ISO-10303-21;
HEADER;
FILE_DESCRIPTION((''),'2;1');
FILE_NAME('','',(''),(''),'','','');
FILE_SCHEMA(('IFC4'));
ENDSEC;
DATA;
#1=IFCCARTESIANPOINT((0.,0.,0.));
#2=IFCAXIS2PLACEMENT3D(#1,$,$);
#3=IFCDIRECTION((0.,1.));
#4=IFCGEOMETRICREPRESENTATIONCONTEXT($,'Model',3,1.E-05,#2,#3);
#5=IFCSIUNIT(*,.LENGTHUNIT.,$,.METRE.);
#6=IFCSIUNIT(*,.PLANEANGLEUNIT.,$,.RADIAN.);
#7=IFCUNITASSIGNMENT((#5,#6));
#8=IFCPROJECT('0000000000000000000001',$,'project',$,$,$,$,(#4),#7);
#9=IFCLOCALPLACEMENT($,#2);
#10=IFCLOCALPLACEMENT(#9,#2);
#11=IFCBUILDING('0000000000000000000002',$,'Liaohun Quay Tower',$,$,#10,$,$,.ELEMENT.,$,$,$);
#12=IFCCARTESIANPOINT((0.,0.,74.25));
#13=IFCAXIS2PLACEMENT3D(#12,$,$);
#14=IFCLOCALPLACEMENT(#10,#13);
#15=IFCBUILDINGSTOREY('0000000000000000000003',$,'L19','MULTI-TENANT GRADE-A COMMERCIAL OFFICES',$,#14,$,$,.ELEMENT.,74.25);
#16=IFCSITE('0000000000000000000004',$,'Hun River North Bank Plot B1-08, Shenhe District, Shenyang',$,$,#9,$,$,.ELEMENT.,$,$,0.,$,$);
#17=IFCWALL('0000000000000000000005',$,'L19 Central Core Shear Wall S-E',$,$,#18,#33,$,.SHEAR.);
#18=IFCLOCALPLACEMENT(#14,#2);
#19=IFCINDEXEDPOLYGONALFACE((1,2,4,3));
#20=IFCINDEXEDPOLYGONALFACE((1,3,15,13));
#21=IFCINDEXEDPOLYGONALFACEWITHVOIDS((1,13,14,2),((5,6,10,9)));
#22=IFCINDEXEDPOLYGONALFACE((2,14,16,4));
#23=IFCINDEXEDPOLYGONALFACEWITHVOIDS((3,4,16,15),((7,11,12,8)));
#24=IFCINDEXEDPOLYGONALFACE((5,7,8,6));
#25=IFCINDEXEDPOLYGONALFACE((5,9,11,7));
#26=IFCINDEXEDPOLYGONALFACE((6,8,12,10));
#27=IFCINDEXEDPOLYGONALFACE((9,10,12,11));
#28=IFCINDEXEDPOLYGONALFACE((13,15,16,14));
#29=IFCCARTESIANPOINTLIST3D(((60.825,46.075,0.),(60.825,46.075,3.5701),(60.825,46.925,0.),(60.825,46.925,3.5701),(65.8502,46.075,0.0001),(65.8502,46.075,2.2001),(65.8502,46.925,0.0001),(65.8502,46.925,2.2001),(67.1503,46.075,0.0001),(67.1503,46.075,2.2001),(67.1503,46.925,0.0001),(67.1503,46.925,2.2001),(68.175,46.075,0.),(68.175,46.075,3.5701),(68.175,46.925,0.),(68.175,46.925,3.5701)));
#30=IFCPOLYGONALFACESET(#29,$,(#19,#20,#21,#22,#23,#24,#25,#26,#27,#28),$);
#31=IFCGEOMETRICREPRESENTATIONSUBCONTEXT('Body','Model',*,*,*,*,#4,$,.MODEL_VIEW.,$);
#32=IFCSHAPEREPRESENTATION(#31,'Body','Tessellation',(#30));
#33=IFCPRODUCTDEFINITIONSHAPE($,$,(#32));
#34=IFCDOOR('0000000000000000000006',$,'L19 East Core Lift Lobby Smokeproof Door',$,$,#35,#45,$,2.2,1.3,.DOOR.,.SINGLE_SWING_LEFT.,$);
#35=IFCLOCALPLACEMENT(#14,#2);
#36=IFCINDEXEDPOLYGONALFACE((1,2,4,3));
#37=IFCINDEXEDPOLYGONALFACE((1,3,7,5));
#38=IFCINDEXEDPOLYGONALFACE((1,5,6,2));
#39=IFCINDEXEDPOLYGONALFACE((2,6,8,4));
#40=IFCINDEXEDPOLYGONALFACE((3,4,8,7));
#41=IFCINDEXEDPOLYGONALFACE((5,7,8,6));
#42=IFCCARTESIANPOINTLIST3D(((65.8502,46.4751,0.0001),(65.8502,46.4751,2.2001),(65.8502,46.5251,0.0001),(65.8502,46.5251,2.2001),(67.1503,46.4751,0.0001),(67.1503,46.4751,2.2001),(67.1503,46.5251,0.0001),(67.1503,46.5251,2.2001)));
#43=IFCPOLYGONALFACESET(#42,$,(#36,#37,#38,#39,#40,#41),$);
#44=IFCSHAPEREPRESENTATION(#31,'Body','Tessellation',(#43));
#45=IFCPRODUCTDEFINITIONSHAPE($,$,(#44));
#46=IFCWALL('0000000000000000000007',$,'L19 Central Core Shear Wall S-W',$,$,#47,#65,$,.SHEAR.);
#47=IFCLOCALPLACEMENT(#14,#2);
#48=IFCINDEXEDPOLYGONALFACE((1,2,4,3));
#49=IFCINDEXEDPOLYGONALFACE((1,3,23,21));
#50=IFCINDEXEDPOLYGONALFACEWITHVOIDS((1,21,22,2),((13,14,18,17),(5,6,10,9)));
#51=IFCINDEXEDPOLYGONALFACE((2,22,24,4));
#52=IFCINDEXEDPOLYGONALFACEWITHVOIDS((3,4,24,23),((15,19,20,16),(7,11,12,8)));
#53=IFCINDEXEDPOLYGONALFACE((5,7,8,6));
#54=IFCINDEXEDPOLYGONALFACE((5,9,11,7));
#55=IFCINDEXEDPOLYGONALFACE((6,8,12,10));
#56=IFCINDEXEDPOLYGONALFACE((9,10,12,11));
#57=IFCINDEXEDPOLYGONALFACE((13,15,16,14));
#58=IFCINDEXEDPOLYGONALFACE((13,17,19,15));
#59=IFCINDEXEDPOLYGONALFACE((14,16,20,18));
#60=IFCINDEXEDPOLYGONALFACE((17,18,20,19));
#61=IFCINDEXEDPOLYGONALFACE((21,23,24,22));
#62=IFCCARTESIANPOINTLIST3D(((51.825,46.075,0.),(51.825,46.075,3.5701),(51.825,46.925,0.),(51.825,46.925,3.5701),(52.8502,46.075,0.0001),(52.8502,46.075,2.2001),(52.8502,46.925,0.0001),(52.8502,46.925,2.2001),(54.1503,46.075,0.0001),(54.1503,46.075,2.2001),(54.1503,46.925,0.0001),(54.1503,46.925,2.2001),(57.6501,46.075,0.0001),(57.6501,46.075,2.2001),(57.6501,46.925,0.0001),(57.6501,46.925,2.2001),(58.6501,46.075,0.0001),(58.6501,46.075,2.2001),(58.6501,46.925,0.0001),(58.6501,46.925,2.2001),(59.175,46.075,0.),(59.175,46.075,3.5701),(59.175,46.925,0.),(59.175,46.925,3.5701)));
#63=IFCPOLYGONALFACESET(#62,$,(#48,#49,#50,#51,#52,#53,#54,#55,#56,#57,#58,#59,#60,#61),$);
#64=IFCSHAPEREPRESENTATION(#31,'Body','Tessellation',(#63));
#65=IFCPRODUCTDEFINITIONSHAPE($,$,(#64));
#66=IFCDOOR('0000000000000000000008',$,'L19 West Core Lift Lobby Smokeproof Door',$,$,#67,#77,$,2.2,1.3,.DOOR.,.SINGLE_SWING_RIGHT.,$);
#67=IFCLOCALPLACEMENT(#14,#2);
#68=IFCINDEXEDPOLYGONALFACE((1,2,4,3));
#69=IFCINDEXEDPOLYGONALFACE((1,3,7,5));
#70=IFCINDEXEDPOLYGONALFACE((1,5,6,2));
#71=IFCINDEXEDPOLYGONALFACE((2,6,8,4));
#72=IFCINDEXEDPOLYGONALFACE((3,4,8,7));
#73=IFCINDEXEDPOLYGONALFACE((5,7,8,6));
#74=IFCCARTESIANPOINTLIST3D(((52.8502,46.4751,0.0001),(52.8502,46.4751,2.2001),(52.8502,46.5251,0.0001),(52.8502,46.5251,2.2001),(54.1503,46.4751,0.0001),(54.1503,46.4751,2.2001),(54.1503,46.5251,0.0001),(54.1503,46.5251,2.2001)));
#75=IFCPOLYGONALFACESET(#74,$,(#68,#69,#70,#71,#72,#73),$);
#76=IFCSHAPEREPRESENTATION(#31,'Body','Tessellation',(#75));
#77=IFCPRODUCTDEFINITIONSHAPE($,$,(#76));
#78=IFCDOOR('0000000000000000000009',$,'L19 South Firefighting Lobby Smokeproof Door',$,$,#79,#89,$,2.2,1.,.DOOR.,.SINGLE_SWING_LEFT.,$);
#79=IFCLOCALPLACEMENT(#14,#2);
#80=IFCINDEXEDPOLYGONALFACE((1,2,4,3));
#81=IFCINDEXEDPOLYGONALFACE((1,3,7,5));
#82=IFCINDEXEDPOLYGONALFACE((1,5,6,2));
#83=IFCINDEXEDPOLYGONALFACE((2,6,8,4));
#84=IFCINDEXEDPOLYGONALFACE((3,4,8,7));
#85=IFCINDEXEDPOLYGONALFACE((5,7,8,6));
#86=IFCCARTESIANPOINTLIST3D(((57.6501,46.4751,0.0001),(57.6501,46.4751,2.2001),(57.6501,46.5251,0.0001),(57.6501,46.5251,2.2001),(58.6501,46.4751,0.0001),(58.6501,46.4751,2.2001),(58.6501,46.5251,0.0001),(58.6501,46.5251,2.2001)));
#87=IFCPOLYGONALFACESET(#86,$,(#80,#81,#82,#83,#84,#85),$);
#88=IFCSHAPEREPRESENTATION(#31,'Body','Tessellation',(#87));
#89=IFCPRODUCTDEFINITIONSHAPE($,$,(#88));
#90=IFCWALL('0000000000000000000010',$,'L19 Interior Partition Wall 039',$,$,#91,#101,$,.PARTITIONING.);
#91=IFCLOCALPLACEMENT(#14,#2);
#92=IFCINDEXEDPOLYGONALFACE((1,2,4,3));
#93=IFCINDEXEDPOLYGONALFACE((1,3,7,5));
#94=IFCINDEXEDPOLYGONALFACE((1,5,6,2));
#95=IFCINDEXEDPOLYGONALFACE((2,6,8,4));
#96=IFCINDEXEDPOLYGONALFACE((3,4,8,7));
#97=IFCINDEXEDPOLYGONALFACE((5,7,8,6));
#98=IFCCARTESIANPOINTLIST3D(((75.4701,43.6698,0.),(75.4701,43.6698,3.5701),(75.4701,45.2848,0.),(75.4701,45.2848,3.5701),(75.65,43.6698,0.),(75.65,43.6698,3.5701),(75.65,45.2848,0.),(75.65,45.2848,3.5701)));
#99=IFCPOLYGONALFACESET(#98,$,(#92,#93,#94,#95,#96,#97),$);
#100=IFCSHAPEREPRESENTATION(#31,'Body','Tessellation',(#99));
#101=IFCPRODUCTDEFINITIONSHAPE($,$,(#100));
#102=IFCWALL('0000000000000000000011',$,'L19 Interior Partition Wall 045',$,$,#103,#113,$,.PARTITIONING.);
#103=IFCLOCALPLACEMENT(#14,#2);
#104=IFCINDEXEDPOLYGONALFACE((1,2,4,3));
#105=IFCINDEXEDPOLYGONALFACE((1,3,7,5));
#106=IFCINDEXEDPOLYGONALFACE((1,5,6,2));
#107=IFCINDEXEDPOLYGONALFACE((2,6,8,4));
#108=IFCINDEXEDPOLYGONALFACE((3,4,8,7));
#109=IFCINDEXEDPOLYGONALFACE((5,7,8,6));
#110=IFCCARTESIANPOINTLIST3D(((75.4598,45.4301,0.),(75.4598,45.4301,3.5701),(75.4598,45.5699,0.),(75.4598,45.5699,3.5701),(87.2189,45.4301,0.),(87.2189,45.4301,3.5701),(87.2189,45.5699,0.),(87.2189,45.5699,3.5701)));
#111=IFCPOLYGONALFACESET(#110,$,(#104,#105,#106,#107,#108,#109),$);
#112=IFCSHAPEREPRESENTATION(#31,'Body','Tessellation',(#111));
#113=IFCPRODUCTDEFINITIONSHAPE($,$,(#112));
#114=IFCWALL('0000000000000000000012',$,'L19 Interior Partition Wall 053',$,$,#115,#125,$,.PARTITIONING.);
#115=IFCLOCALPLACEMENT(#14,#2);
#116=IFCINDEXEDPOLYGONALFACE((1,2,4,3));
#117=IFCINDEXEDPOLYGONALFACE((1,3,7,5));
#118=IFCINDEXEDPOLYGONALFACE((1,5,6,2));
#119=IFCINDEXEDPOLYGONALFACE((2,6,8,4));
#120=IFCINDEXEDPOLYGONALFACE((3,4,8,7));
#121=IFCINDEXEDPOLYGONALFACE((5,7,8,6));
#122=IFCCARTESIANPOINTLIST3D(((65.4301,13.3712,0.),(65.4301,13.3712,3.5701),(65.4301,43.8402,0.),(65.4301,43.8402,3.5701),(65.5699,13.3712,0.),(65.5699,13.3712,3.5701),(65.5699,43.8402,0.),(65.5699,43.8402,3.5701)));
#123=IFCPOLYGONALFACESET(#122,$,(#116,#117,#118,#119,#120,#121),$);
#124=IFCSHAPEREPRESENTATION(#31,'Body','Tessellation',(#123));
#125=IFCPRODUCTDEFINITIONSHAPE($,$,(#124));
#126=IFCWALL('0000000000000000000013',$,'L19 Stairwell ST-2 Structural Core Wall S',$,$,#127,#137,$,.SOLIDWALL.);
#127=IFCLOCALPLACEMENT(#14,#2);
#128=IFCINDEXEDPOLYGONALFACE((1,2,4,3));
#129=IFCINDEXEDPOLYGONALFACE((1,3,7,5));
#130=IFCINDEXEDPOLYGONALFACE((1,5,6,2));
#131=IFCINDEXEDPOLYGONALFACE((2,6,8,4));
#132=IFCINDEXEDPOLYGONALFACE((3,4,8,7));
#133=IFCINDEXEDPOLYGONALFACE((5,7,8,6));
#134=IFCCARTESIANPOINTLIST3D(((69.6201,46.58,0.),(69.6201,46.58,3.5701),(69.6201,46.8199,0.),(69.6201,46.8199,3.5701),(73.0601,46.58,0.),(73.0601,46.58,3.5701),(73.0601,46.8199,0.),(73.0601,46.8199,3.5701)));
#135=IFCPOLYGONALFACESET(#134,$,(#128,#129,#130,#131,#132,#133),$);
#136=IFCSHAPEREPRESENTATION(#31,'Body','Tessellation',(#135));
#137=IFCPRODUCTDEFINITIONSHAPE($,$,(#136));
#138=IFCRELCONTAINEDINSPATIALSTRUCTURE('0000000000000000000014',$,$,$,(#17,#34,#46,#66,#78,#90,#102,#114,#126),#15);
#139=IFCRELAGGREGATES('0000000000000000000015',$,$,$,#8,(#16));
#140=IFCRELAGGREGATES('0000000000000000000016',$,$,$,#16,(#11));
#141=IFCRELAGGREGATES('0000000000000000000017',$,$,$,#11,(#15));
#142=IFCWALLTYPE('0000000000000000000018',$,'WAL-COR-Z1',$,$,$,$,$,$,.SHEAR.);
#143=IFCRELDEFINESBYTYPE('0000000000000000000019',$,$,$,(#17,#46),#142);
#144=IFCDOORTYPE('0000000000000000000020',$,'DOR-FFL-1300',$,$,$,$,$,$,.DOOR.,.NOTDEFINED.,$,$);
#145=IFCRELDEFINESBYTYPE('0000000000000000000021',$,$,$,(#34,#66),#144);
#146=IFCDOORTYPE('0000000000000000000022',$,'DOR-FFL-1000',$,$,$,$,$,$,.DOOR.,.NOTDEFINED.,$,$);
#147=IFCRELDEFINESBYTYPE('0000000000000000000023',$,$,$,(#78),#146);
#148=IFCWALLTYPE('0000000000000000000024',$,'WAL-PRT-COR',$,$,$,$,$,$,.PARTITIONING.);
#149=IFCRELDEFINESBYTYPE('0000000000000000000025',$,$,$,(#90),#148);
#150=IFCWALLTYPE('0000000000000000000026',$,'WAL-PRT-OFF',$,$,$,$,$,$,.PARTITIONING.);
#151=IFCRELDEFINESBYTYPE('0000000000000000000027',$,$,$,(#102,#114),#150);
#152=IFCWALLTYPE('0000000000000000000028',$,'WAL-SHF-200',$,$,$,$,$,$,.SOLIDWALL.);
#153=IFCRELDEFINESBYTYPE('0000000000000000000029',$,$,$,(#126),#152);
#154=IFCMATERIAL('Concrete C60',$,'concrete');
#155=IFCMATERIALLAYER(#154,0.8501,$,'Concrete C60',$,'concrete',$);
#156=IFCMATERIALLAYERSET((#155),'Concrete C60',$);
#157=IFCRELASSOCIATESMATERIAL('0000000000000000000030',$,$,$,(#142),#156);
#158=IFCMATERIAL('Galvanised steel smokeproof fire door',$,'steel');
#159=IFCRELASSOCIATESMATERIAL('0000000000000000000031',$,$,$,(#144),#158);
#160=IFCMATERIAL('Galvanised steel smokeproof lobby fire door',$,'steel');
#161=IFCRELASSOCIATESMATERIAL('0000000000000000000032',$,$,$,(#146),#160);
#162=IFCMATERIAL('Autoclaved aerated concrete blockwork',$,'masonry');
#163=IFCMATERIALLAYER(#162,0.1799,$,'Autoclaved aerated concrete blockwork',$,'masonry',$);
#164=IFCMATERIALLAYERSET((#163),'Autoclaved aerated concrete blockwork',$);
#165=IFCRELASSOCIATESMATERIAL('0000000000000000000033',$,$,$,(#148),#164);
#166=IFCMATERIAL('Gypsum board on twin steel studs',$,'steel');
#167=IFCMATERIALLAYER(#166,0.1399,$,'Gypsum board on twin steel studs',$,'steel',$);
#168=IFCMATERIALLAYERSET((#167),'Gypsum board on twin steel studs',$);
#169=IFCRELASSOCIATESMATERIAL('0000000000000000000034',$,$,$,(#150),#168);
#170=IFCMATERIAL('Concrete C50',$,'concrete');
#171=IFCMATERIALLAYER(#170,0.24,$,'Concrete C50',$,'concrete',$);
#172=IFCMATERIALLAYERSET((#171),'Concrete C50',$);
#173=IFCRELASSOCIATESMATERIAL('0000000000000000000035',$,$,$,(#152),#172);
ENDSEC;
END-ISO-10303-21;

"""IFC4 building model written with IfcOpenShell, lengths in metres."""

from ifc_helpers import new_model, si_unit, direction, frame, frame_2d, origin, place, context, subcontext, project, spatial, rectangle, extrude, source, transform, mapped, material, layer, layer_set, type_object, element, fill, save


model = new_model("IFC4")

# Units and contexts
model_context = context("Model", 3, precision=1e-05, world=origin(), true_north=direction((0.0, 1.0)))
body_context = subcontext(model_context, "Body", "Model", "MODEL_VIEW")
ifc_project = project(units=[si_unit("LENGTHUNIT", "METRE"), si_unit("PLANEANGLEUNIT", "RADIAN")], contexts=[model_context])

# Site, building, storey
site_placement = place(None, origin())
site = spatial("IfcSite", under=ifc_project, at=site_placement, Name="Hun River North Bank Plot B1-08, Shenhe District, Shenyang", CompositionType="ELEMENT", RefElevation=0.0)
building_placement = place(site_placement, origin())
building = spatial("IfcBuilding", under=site, at=building_placement, Name="Liaohun Quay Tower", CompositionType="ELEMENT")
storey_placement = place(building_placement, frame((0.0, 0.0, 74.25)))
storey = spatial("IfcBuildingStorey", under=building, at=storey_placement, Name="L19", Description="MULTI-TENANT GRADE-A COMMERCIAL OFFICES", CompositionType="ELEMENT", Elevation=74.25)

# Shared definitions
ifc_material_1 = material(Name="Concrete C60", Category="concrete")

# Wall, opening, door
ifc_layer_1 = layer(ifc_material_1, 0.8501, Name="Concrete C60", Category="concrete")
ifc_layer_set_1 = layer_set([ifc_layer_1], Name="Concrete C60")
wall_type_1 = type_object("IfcWallType", Name="WAL-COR-Z1", PredefinedType="SHEAR", material=ifc_layer_set_1)
wall_1_placement = place(storey_placement, frame((68.175, 46.5, 0.0), z_axis=(0.0, 0.0, 1.0), x_axis=(-1.0, 0.0, 0.0)))
wall_1 = element("IfcWall", 1, at=wall_1_placement, inside=storey, type_object=wall_type_1, Name="L19 Central Core Shear Wall S-E", PredefinedType="SHEAR", context=body_context, shape_type="SweptSolid", body=[
    extrude(rectangle(XDim=7.3501, YDim=0.8501, at=frame_2d((3.675, 0.0))), origin(), (0.0, 0.0, 1.0), 3.5701),
])
shared_shape_1 = source(origin(), body_context, "Body", "SweptSolid", [
    extrude(rectangle(XDim=1.3, YDim=2.2, at=frame_2d((0.6499, 1.1001))), frame((0.0, 0.4351, 0.0), z_axis=(0.0, -1.0, 0.0), x_axis=(1.0, 0.0, 0.0)), (0.0, 0.0, 1.0), 0.8701),
])
opening_1_placement = place(wall_1_placement, frame((1.0249, 0.0, 0.0)))
opening_1 = element("IfcOpeningElement", 2, at=opening_1_placement, cuts=wall_1, PredefinedType="OPENING", context=body_context, shape_type="MappedRepresentation", body=[
    mapped(shared_shape_1, transform((0.0, 0.0, 0.0), x_axis=(1.0, 0.0, 0.0), y_axis=(0.0, 1.0, 0.0), z_axis=(0.0, 0.0, 1.0), scale=1.0)),
])
ifc_material_2 = material(Name="Galvanised steel smokeproof fire door", Category="steel")
door_type_1 = type_object("IfcDoorType", Name="DOR-FFL-1300", OperationType="NOTDEFINED", PredefinedType="DOOR", material=ifc_material_2)
shared_shape_2 = source(origin(), body_context, "Body", "SweptSolid", [
    extrude(rectangle(XDim=1.3, YDim=2.2, at=frame_2d((0.6499, 1.1001))), frame((0.0, 0.0249, 0.0), z_axis=(0.0, -1.0, 0.0), x_axis=(1.0, 0.0, 0.0)), (0.0, 0.0, 1.0), 0.05),
])
door_1_placement = place(opening_1_placement, origin())
door_1 = element("IfcDoor", 3, at=door_1_placement, inside=storey, type_object=door_type_1, Name="L19 East Core Lift Lobby Smokeproof Door", OperationType="SINGLE_SWING_LEFT", OverallHeight=2.2, OverallWidth=1.3, PredefinedType="DOOR", context=body_context, shape_type="MappedRepresentation", body=[
    mapped(shared_shape_2, transform((0.0, 0.0, 0.0), x_axis=(1.0, 0.0, 0.0), y_axis=(0.0, 1.0, 0.0), z_axis=(0.0, 0.0, 1.0), scale=1.0)),
])
fill(opening_1, door_1)

# Wall, openings, doors
wall_2_placement = place(storey_placement, frame((59.175, 46.5, 0.0), z_axis=(0.0, 0.0, 1.0), x_axis=(-1.0, 0.0, 0.0)))
wall_2 = element("IfcWall", 4, at=wall_2_placement, inside=storey, type_object=wall_type_1, Name="L19 Central Core Shear Wall S-W", PredefinedType="SHEAR", context=body_context, shape_type="SweptSolid", body=[
    extrude(rectangle(XDim=7.3501, YDim=0.8501, at=frame_2d((3.675, 0.0))), origin(), (0.0, 0.0, 1.0), 3.5701),
])
opening_2_placement = place(wall_2_placement, frame((5.0249, 0.0, 0.0)))
opening_2 = element("IfcOpeningElement", 5, at=opening_2_placement, cuts=wall_2, PredefinedType="OPENING", context=body_context, shape_type="MappedRepresentation", body=[
    mapped(shared_shape_1, transform((0.0, 0.0, 0.0), x_axis=(1.0, 0.0, 0.0), y_axis=(0.0, 1.0, 0.0), z_axis=(0.0, 0.0, 1.0), scale=1.0)),
])
shared_shape_3 = source(origin(), body_context, "Body", "SweptSolid", [
    extrude(rectangle(XDim=1.0, YDim=2.2, at=frame_2d((0.5, 1.1001))), frame((0.0, 0.4351, 0.0), z_axis=(0.0, -1.0, 0.0), x_axis=(1.0, 0.0, 0.0)), (0.0, 0.0, 1.0), 0.8701),
])
opening_3_placement = place(wall_2_placement, frame((0.5249, 0.0, 0.0)))
opening_3 = element("IfcOpeningElement", 6, at=opening_3_placement, cuts=wall_2, PredefinedType="OPENING", context=body_context, shape_type="MappedRepresentation", body=[
    mapped(shared_shape_3, transform((0.0, 0.0, 0.0), x_axis=(1.0, 0.0, 0.0), y_axis=(0.0, 1.0, 0.0), z_axis=(0.0, 0.0, 1.0), scale=1.0)),
])
door_2_placement = place(opening_2_placement, origin())
door_2 = element("IfcDoor", 7, at=door_2_placement, inside=storey, type_object=door_type_1, Name="L19 West Core Lift Lobby Smokeproof Door", OperationType="SINGLE_SWING_RIGHT", OverallHeight=2.2, OverallWidth=1.3, PredefinedType="DOOR", context=body_context, shape_type="MappedRepresentation", body=[
    mapped(shared_shape_2, transform((0.0, 0.0, 0.0), x_axis=(1.0, 0.0, 0.0), y_axis=(0.0, 1.0, 0.0), z_axis=(0.0, 0.0, 1.0), scale=1.0)),
])
fill(opening_2, door_2)
ifc_material_3 = material(Name="Galvanised steel smokeproof lobby fire door", Category="steel")
door_type_2 = type_object("IfcDoorType", Name="DOR-FFL-1000", OperationType="NOTDEFINED", PredefinedType="DOOR", material=ifc_material_3)
shared_shape_4 = source(origin(), body_context, "Body", "SweptSolid", [
    extrude(rectangle(XDim=1.0, YDim=2.2, at=frame_2d((0.5, 1.1001))), frame((0.0, 0.0249, 0.0), z_axis=(0.0, -1.0, 0.0), x_axis=(1.0, 0.0, 0.0)), (0.0, 0.0, 1.0), 0.05),
])
door_3_placement = place(opening_3_placement, origin())
door_3 = element("IfcDoor", 8, at=door_3_placement, inside=storey, type_object=door_type_2, Name="L19 South Firefighting Lobby Smokeproof Door", OperationType="SINGLE_SWING_LEFT", OverallHeight=2.2, OverallWidth=1.0, PredefinedType="DOOR", context=body_context, shape_type="MappedRepresentation", body=[
    mapped(shared_shape_4, transform((0.0, 0.0, 0.0), x_axis=(1.0, 0.0, 0.0), y_axis=(0.0, 1.0, 0.0), z_axis=(0.0, 0.0, 1.0), scale=1.0)),
])
fill(opening_3, door_3)

# Walls
ifc_material_4 = material(Name="Autoclaved aerated concrete blockwork", Category="masonry")
ifc_layer_2 = layer(ifc_material_4, 0.1799, Name="Autoclaved aerated concrete blockwork", Category="masonry")
ifc_layer_set_2 = layer_set([ifc_layer_2], Name="Autoclaved aerated concrete blockwork")
wall_type_2 = type_object("IfcWallType", Name="WAL-PRT-COR", PredefinedType="PARTITIONING", material=ifc_layer_set_2)
wall_3_placement = place(storey_placement, frame((75.5601, 45.2849, 0.0), z_axis=(0.0, 0.0, 1.0), x_axis=(0.0, -1.0, 0.0)))
element("IfcWall", 9, at=wall_3_placement, inside=storey, type_object=wall_type_2, Name="L19 Interior Partition Wall 039", PredefinedType="PARTITIONING", context=body_context, shape_type="SweptSolid", body=[
    extrude(rectangle(XDim=1.615, YDim=0.1799, at=frame_2d((0.8076, 0.0))), origin(), (0.0, 0.0, 1.0), 3.5701),
])
ifc_material_5 = material(Name="Gypsum board on twin steel studs", Category="steel")
ifc_layer_3 = layer(ifc_material_5, 0.1399, Name="Gypsum board on twin steel studs", Category="steel")
ifc_layer_set_3 = layer_set([ifc_layer_3], Name="Gypsum board on twin steel studs")
wall_type_3 = type_object("IfcWallType", Name="WAL-PRT-OFF", PredefinedType="PARTITIONING", material=ifc_layer_set_3)
wall_4_placement = place(storey_placement, frame((75.46, 45.5, 0.0), z_axis=(0.0, 0.0, 1.0), x_axis=(1.0, 0.0, 0.0)))
element("IfcWall", 10, at=wall_4_placement, inside=storey, type_object=wall_type_3, Name="L19 Interior Partition Wall 045", PredefinedType="PARTITIONING", context=body_context, shape_type="SweptSolid", body=[
    extrude(rectangle(XDim=11.759, YDim=0.1399, at=frame_2d((5.8794, 0.0))), origin(), (0.0, 0.0, 1.0), 3.5701),
])
wall_5_placement = place(storey_placement, frame((65.5, 43.8401, 0.0), z_axis=(0.0, 0.0, 1.0), x_axis=(0.0, -1.0, 0.0)))
element("IfcWall", 11, at=wall_5_placement, inside=storey, type_object=wall_type_3, Name="L19 Interior Partition Wall 053", PredefinedType="PARTITIONING", context=body_context, shape_type="SweptSolid", body=[
    extrude(rectangle(XDim=30.469, YDim=0.1399, at=frame_2d((15.2344, 0.0))), origin(), (0.0, 0.0, 1.0), 3.5701),
])
ifc_material_6 = material(Name="Concrete C50", Category="concrete")
ifc_layer_4 = layer(ifc_material_6, 0.24, Name="Concrete C50", Category="concrete")
ifc_layer_set_4 = layer_set([ifc_layer_4], Name="Concrete C50")
wall_type_4 = type_object("IfcWallType", Name="WAL-SHF-200", PredefinedType="SOLIDWALL", material=ifc_layer_set_4)
wall_6_placement = place(storey_placement, frame((69.6201, 46.7, 0.0), z_axis=(0.0, 0.0, 1.0), x_axis=(1.0, 0.0, 0.0)))
element("IfcWall", 12, at=wall_6_placement, inside=storey, type_object=wall_type_4, Name="L19 Stairwell ST-2 Structural Core Wall S", PredefinedType="SOLIDWALL", context=body_context, shape_type="SweptSolid", body=[
    extrude(rectangle(XDim=3.4399, YDim=0.24, at=frame_2d((1.72, 0.0))), origin(), (0.0, 0.0, 1.0), 3.5701),
])

save(model, "model.ifc")
